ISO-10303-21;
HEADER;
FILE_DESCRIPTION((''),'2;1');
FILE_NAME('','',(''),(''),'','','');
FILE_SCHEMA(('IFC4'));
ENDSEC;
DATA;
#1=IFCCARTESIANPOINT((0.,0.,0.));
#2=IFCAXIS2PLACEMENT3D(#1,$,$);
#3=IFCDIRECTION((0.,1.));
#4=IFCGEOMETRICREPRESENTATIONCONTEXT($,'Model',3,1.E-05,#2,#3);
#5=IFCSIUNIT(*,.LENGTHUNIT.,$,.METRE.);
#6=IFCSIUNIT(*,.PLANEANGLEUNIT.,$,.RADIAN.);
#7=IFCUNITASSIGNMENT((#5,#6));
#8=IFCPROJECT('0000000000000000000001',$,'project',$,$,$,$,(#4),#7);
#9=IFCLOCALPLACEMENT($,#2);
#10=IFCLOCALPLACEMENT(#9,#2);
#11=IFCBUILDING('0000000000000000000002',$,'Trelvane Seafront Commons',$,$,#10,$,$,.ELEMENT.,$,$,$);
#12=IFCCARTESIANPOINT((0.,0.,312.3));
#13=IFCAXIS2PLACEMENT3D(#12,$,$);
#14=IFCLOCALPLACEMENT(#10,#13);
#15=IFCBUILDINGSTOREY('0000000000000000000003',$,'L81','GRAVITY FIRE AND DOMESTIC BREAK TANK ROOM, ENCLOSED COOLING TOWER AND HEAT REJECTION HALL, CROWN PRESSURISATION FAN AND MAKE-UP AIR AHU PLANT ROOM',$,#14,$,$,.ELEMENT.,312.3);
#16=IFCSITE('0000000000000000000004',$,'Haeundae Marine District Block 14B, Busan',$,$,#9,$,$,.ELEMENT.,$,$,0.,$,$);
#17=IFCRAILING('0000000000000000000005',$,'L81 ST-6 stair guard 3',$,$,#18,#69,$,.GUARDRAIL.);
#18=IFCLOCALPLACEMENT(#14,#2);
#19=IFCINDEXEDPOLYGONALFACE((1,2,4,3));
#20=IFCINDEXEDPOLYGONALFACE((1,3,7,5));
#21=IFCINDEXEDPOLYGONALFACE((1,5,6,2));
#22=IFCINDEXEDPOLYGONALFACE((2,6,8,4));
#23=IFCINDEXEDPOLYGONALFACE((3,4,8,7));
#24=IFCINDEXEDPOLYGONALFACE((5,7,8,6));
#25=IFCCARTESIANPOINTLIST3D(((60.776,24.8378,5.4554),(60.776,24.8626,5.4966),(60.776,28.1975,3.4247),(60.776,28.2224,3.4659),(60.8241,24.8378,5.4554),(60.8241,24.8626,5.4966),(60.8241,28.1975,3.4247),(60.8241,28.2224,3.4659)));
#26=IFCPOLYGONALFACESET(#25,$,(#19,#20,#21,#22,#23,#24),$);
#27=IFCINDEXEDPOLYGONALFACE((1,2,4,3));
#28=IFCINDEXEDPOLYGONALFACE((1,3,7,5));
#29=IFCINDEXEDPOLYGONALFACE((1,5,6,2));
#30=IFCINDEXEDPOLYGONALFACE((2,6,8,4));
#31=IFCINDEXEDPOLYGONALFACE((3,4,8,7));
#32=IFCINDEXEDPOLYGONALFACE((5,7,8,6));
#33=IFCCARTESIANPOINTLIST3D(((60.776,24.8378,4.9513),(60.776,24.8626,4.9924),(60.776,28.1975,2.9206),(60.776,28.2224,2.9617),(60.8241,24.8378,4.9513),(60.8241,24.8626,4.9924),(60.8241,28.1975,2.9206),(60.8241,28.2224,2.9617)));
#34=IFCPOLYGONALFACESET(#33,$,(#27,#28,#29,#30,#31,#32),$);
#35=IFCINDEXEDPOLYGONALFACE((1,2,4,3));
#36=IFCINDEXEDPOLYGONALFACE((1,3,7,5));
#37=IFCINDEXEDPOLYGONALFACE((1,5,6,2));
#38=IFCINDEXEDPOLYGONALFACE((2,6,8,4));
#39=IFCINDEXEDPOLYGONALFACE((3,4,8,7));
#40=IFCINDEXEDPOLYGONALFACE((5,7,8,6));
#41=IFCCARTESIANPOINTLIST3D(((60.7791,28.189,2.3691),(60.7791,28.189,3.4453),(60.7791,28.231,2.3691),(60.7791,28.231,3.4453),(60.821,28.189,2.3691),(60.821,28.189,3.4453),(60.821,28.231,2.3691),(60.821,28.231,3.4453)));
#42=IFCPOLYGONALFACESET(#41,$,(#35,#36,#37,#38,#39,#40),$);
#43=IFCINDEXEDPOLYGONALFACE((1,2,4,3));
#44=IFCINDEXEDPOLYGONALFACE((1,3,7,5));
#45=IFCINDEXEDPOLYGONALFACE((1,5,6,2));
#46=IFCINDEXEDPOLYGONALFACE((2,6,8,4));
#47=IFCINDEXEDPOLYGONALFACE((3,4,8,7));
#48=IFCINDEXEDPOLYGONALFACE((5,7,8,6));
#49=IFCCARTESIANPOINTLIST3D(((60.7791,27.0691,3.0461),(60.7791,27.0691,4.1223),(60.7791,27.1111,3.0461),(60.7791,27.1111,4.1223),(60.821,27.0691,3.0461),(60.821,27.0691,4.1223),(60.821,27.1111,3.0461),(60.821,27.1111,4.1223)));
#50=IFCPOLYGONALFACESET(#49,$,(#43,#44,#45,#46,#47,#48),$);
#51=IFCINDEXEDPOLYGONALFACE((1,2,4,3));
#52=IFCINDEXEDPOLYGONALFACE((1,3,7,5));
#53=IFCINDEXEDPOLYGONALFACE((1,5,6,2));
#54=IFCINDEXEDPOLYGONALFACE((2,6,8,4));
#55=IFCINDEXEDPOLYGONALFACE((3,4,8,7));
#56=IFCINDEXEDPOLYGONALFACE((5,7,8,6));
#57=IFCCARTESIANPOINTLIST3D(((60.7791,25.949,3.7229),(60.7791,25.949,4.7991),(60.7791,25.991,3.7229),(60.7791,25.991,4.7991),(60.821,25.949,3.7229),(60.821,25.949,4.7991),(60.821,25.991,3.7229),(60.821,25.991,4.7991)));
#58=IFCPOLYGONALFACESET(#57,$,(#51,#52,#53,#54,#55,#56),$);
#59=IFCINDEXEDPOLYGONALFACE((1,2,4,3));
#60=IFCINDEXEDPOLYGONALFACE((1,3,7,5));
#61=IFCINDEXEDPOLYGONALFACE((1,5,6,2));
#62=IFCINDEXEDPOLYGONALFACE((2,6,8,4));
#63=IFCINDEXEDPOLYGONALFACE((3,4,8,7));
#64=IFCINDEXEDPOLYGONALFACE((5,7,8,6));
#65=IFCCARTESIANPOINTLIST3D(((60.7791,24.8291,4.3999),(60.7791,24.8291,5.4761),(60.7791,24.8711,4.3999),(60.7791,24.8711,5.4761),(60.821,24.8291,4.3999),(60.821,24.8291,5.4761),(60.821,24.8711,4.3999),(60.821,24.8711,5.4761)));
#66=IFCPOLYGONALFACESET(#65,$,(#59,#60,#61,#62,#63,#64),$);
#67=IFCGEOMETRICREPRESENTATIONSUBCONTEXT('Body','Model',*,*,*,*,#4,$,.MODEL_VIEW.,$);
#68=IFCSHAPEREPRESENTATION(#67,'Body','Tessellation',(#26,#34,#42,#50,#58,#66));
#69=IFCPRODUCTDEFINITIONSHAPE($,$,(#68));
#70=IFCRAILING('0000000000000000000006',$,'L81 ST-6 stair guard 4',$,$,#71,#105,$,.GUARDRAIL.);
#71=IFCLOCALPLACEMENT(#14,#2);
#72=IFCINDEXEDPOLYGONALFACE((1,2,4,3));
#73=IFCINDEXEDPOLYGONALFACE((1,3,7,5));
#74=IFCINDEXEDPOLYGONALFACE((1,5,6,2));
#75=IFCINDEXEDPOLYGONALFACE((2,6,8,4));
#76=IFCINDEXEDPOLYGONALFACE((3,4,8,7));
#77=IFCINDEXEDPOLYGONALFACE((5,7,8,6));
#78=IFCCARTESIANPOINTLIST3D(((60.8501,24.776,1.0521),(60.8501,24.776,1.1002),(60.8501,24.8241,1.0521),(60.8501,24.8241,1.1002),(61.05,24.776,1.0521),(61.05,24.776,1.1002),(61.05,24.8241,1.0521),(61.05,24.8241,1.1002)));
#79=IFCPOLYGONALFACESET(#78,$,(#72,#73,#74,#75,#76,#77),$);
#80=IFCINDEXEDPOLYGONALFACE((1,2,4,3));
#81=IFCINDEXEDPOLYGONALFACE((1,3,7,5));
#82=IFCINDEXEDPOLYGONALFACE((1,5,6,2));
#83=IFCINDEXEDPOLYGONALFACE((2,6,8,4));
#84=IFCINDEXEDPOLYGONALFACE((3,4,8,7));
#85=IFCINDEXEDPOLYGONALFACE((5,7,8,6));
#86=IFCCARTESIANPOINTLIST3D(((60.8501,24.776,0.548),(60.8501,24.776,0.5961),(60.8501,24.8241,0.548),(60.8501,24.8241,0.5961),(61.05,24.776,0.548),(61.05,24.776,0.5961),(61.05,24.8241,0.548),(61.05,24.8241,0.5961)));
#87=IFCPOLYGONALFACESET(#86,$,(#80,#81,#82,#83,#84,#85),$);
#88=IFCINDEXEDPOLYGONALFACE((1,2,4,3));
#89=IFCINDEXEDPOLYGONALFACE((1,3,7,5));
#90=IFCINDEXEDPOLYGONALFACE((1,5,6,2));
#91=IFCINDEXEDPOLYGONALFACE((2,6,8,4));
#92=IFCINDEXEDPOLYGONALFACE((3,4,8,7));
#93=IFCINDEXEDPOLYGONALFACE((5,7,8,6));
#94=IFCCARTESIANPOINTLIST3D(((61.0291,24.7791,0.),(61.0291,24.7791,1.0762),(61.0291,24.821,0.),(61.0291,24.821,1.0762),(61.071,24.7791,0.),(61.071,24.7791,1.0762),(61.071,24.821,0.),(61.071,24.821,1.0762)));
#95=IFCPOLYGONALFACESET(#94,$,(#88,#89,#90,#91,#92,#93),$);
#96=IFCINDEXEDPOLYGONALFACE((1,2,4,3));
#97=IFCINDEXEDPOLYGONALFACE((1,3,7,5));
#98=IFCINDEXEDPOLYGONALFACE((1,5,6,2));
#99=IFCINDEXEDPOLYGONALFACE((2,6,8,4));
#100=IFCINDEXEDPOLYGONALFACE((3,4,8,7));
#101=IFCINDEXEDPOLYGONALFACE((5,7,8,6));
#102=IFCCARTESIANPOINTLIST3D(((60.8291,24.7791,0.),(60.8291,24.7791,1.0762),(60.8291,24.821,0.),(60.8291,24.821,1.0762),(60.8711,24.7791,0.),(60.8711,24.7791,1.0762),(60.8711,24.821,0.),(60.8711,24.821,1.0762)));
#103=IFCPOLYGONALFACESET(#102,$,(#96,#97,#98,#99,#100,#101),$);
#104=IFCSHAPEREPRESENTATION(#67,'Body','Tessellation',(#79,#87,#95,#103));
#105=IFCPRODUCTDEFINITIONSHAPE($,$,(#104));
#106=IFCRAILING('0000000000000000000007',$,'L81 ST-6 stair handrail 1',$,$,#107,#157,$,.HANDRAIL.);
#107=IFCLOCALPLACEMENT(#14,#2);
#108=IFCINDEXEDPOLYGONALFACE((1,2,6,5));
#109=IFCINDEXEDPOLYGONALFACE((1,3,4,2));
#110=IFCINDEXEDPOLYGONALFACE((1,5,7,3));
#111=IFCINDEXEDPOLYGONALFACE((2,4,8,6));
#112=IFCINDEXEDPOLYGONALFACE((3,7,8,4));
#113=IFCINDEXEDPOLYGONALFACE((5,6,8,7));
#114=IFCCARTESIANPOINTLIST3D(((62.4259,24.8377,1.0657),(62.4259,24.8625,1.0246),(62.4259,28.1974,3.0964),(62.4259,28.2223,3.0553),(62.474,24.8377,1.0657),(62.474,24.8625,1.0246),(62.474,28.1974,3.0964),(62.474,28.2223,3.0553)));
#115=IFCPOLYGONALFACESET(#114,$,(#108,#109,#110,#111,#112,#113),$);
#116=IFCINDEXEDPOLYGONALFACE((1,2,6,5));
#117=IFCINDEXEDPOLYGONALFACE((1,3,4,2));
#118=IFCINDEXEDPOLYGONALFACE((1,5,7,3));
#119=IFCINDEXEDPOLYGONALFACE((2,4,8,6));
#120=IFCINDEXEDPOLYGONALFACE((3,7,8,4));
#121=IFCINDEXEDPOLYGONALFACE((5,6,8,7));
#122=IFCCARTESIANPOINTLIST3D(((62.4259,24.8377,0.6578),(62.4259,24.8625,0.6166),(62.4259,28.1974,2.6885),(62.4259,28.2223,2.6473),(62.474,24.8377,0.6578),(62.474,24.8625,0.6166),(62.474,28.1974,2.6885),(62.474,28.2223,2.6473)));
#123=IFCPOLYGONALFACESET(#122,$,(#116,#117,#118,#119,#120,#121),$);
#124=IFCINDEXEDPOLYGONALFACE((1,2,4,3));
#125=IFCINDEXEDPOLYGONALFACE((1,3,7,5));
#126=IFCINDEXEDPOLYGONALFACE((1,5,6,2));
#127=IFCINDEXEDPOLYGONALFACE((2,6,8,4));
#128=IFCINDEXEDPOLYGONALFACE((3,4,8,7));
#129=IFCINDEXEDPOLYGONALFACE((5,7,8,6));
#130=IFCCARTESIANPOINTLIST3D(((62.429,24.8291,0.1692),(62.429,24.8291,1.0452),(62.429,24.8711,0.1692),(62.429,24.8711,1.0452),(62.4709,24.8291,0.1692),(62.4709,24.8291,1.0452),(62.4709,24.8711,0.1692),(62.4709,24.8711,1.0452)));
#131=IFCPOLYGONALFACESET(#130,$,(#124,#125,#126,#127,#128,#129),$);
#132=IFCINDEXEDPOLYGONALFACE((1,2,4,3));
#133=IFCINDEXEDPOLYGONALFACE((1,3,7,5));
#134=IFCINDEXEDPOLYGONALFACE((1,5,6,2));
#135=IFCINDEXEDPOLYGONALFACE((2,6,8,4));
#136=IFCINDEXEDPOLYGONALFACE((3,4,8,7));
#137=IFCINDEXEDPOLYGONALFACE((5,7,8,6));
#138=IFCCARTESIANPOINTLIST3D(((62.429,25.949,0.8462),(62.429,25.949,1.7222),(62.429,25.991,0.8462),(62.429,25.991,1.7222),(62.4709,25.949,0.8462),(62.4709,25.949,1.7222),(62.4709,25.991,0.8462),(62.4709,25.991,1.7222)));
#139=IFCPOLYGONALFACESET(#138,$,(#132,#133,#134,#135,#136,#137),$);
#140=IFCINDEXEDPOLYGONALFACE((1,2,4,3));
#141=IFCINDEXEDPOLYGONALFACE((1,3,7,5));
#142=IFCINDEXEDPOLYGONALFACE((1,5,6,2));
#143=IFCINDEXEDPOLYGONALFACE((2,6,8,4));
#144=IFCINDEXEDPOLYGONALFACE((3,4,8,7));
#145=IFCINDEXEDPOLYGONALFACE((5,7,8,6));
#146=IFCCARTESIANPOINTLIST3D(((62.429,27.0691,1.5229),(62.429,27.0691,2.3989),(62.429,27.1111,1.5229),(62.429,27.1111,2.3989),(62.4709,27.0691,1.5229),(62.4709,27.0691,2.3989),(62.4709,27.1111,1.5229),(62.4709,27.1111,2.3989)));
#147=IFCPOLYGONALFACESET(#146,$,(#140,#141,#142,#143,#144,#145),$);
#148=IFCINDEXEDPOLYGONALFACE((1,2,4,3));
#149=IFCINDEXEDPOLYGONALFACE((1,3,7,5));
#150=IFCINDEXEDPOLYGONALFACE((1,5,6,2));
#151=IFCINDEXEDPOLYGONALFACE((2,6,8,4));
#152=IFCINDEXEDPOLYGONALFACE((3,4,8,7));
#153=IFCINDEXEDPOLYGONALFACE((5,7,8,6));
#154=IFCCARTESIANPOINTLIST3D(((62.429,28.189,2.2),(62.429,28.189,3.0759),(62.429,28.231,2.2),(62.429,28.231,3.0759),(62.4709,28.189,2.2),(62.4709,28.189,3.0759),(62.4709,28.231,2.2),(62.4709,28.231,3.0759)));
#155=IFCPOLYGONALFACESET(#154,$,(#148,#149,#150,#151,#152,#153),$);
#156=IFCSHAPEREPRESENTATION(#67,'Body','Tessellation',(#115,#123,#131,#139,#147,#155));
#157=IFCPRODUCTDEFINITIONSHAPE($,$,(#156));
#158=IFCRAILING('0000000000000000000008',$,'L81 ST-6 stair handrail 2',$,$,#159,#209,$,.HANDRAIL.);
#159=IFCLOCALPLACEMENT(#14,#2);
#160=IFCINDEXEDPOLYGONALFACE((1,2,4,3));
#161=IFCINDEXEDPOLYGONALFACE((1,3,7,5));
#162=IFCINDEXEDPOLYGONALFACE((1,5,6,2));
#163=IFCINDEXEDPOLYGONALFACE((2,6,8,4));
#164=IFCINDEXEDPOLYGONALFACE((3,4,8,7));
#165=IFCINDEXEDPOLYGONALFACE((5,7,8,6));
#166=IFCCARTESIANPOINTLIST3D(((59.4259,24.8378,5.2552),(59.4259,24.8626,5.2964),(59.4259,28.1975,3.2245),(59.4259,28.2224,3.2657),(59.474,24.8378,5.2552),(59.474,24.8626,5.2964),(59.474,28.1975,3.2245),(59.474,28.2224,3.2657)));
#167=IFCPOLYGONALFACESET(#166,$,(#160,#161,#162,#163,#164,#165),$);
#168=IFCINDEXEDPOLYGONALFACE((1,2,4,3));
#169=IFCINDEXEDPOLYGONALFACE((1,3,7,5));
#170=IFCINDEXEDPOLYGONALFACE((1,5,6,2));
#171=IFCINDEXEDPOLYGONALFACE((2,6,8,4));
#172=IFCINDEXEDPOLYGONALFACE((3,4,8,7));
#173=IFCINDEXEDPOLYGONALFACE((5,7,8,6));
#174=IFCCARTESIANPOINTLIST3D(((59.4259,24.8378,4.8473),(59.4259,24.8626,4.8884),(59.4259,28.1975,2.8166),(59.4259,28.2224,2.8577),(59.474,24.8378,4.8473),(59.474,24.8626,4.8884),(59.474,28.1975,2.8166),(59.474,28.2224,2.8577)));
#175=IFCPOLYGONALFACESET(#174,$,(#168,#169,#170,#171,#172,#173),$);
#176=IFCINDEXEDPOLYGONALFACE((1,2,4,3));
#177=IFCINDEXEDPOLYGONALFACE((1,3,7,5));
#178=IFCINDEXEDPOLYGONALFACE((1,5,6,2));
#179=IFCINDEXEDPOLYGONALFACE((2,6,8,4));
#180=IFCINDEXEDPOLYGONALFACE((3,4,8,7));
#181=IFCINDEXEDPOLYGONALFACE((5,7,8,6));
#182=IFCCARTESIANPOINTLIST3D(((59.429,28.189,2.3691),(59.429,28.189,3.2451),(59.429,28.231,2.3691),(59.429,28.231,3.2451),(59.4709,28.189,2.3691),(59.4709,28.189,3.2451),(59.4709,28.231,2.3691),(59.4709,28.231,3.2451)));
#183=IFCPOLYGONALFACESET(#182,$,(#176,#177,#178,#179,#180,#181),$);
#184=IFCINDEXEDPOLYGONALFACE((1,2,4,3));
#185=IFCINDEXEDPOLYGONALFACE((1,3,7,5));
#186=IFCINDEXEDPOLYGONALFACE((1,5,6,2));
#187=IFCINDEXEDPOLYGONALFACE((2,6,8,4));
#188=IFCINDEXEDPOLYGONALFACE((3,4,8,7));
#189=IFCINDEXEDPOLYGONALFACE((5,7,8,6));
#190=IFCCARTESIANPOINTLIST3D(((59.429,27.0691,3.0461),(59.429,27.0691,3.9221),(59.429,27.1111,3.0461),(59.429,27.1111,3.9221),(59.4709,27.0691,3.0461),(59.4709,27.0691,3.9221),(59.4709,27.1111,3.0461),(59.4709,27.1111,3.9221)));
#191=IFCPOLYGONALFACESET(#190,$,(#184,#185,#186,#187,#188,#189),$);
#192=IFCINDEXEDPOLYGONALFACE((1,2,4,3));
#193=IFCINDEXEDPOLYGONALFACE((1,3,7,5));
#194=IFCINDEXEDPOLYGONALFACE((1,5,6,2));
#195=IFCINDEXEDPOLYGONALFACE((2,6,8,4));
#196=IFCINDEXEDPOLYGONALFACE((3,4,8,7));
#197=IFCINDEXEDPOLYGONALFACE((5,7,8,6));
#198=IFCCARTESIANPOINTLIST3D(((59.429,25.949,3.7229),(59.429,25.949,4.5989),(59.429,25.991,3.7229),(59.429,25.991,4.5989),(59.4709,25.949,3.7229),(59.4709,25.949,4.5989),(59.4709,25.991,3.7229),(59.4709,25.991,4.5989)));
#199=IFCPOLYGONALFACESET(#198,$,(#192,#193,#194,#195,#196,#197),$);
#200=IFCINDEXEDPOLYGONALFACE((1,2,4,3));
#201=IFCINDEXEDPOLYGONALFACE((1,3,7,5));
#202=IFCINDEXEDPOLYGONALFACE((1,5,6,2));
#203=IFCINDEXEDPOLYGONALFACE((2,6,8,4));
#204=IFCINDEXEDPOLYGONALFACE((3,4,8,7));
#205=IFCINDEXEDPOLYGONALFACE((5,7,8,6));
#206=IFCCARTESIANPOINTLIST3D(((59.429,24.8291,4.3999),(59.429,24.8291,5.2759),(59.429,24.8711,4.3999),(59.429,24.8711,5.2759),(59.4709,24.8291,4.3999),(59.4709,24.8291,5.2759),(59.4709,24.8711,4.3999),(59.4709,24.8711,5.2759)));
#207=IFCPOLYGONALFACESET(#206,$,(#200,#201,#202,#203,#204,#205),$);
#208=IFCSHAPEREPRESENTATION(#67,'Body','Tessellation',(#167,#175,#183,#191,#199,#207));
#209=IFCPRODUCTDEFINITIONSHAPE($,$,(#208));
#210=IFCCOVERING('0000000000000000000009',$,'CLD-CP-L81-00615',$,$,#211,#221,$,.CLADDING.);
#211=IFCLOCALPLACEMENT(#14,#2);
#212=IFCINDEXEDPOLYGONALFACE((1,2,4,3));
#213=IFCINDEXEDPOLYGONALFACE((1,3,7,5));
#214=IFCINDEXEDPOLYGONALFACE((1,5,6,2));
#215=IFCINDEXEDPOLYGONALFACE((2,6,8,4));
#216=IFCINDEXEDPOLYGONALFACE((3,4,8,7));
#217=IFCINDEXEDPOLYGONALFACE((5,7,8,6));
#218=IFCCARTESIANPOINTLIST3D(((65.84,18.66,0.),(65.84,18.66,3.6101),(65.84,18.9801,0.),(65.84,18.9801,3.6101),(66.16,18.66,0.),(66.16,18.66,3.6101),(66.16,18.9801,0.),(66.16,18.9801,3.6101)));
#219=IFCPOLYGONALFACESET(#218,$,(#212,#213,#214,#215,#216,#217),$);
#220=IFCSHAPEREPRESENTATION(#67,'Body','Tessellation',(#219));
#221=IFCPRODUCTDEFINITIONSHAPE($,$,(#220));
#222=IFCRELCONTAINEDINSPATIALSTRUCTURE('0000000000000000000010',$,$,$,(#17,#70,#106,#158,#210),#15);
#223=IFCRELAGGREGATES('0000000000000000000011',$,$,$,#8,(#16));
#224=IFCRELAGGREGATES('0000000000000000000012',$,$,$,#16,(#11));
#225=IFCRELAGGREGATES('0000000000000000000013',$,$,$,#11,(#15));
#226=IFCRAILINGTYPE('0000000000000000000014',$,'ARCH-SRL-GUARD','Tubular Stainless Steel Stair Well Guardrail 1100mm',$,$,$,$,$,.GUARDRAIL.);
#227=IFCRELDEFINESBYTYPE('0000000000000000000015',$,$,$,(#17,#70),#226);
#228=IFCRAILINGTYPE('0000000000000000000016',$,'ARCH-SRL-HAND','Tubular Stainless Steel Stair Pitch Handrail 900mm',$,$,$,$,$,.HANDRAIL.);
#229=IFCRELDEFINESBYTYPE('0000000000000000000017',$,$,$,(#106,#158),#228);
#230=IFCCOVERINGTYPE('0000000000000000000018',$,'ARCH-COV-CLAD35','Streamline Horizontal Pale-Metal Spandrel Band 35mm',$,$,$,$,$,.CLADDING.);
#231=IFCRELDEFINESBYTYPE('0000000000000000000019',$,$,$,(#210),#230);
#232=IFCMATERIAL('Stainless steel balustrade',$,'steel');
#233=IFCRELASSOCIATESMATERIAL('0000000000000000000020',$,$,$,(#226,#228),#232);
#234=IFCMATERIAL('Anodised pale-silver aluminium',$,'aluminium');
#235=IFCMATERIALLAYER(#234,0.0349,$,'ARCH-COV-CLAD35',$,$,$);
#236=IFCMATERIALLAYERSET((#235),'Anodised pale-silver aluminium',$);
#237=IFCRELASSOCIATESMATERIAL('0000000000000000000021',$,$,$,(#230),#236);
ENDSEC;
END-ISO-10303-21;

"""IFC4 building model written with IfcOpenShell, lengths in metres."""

from ifc_helpers import new_model, si_unit, direction, frame, origin, origin_2d, place, context, subcontext, project, spatial, rectangle, extrude, source, transform, mapped, material, layer, layer_set, type_object, element, save


model = new_model("IFC4")

# Units and contexts
model_context = context("Model", 3, precision=1e-05, world=origin(), true_north=direction((0.0, 1.0)))
body_context = subcontext(model_context, "Body", "Model", "MODEL_VIEW")
ifc_project = project(units=[si_unit("LENGTHUNIT", "METRE"), si_unit("PLANEANGLEUNIT", "RADIAN")], contexts=[model_context])

# Site, building, storey
site_placement = place(None, origin())
site = spatial("IfcSite", under=ifc_project, at=site_placement, Name="Haeundae Marine District Block 14B, Busan", CompositionType="ELEMENT", RefElevation=0.0)
building_placement = place(site_placement, origin())
building = spatial("IfcBuilding", under=site, at=building_placement, Name="Trelvane Seafront Commons", CompositionType="ELEMENT")
storey_placement = place(building_placement, frame((0.0, 0.0, 312.3)))
storey = spatial("IfcBuildingStorey", under=building, at=storey_placement, Name="L81", Description="GRAVITY FIRE AND DOMESTIC BREAK TANK ROOM, ENCLOSED COOLING TOWER AND HEAT REJECTION HALL, CROWN PRESSURISATION FAN AND MAKE-UP AIR AHU PLANT ROOM", CompositionType="ELEMENT", Elevation=312.3)

# Shared definitions
ifc_material_1 = material(Name="Anodised pale-silver aluminium", Category="aluminium")

# Railings
ifc_material_2 = material(Name="Stainless steel balustrade", Category="steel")
railing_type_1 = type_object("IfcRailingType", Name="ARCH-SRL-GUARD", Description="Tubular Stainless Steel Stair Well Guardrail 1100mm", PredefinedType="GUARDRAIL", material=ifc_material_2)
railing_1_placement = place(storey_placement, frame((60.8, 28.21, 2.3691)))
element("IfcRailing", 1, at=railing_1_placement, inside=storey, type_object=railing_type_1, Name="L81 ST-6 stair guard 3", PredefinedType="GUARDRAIL", context=body_context, shape_type="SweptSolid", body=[
    extrude(rectangle(XDim=0.0481, YDim=0.0481, at=origin_2d()), frame((0.0, 0.0, 1.0762), z_axis=(0.0, -0.85582, 0.517273), x_axis=(1.0, 0.0, 0.0)), (0.0, 0.0, 1.0), 3.9258),
    extrude(rectangle(XDim=0.0481, YDim=0.0481, at=origin_2d()), frame((0.0, 0.0, 0.572), z_axis=(0.0, -0.85582, 0.517273), x_axis=(1.0, 0.0, 0.0)), (0.0, 0.0, 1.0), 3.9258),
    extrude(rectangle(XDim=0.042, YDim=0.042, at=origin_2d()), origin(), (0.0, 0.0, 1.0), 1.0762),
    extrude(rectangle(XDim=0.042, YDim=0.042, at=origin_2d()), frame((0.0, -1.1199, 0.677)), (0.0, 0.0, 1.0), 1.0762),
    extrude(rectangle(XDim=0.042, YDim=0.042, at=origin_2d()), frame((0.0, -2.24, 1.3538)), (0.0, 0.0, 1.0), 1.0762),
    extrude(rectangle(XDim=0.042, YDim=0.042, at=origin_2d()), frame((0.0, -3.3599, 2.0308)), (0.0, 0.0, 1.0), 1.0762),
])
railing_2_placement = place(storey_placement, frame((61.05, 24.8, 0.0)))
element("IfcRailing", 2, at=railing_2_placement, inside=storey, type_object=railing_type_1, Name="L81 ST-6 stair guard 4", PredefinedType="GUARDRAIL", context=body_context, shape_type="SweptSolid", body=[
    extrude(rectangle(XDim=0.0481, YDim=0.0481, at=origin_2d()), frame((0.0, 0.0, 1.0762), z_axis=(-1.0, 0.0, 0.0), x_axis=(0.0, -1.0, 0.0)), (0.0, 0.0, 1.0), 0.2),
    extrude(rectangle(XDim=0.0481, YDim=0.0481, at=origin_2d()), frame((0.0, 0.0, 0.572), z_axis=(-1.0, 0.0, 0.0), x_axis=(0.0, -1.0, 0.0)), (0.0, 0.0, 1.0), 0.2),
    extrude(rectangle(XDim=0.042, YDim=0.042, at=origin_2d()), origin(), (0.0, 0.0, 1.0), 1.0762),
    extrude(rectangle(XDim=0.042, YDim=0.042, at=origin_2d()), frame((-0.2, 0.0, 0.0)), (0.0, 0.0, 1.0), 1.0762),
])
railing_type_2 = type_object("IfcRailingType", Name="ARCH-SRL-HAND", Description="Tubular Stainless Steel Stair Pitch Handrail 900mm", PredefinedType="HANDRAIL", material=ifc_material_2)
railing_3_placement = place(storey_placement, frame((62.45, 24.8501, 0.1692)))
element("IfcRailing", 3, at=railing_3_placement, inside=storey, type_object=railing_type_2, Name="L81 ST-6 stair handrail 1", PredefinedType="HANDRAIL", context=body_context, shape_type="SweptSolid", body=[
    extrude(rectangle(XDim=0.0481, YDim=0.0481, at=origin_2d()), frame((0.0, 0.0, 0.876), z_axis=(0.0, 0.85582, 0.517273), x_axis=(-1.0, 0.0, 0.0)), (0.0, 0.0, 1.0), 3.9258),
    extrude(rectangle(XDim=0.0481, YDim=0.0481, at=origin_2d()), frame((0.0, 0.0, 0.468), z_axis=(0.0, 0.85582, 0.517273), x_axis=(-1.0, 0.0, 0.0)), (0.0, 0.0, 1.0), 3.9258),
    extrude(rectangle(XDim=0.042, YDim=0.042, at=origin_2d()), origin(), (0.0, 0.0, 1.0), 0.876),
    extrude(rectangle(XDim=0.042, YDim=0.042, at=origin_2d()), frame((0.0, 1.1199, 0.677)), (0.0, 0.0, 1.0), 0.876),
    extrude(rectangle(XDim=0.042, YDim=0.042, at=origin_2d()), frame((0.0, 2.24, 1.3538)), (0.0, 0.0, 1.0), 0.876),
    extrude(rectangle(XDim=0.042, YDim=0.042, at=origin_2d()), frame((0.0, 3.3599, 2.0308)), (0.0, 0.0, 1.0), 0.876),
])
railing_4_placement = place(storey_placement, frame((59.45, 28.21, 2.3691)))
element("IfcRailing", 4, at=railing_4_placement, inside=storey, type_object=railing_type_2, Name="L81 ST-6 stair handrail 2", PredefinedType="HANDRAIL", context=body_context, shape_type="SweptSolid", body=[
    extrude(rectangle(XDim=0.0481, YDim=0.0481, at=origin_2d()), frame((0.0, 0.0, 0.876), z_axis=(0.0, -0.85582, 0.517273), x_axis=(1.0, 0.0, 0.0)), (0.0, 0.0, 1.0), 3.9258),
    extrude(rectangle(XDim=0.0481, YDim=0.0481, at=origin_2d()), frame((0.0, 0.0, 0.468), z_axis=(0.0, -0.85582, 0.517273), x_axis=(1.0, 0.0, 0.0)), (0.0, 0.0, 1.0), 3.9258),
    extrude(rectangle(XDim=0.042, YDim=0.042, at=origin_2d()), origin(), (0.0, 0.0, 1.0), 0.876),
    extrude(rectangle(XDim=0.042, YDim=0.042, at=origin_2d()), frame((0.0, -1.1199, 0.677)), (0.0, 0.0, 1.0), 0.876),
    extrude(rectangle(XDim=0.042, YDim=0.042, at=origin_2d()), frame((0.0, -2.24, 1.3538)), (0.0, 0.0, 1.0), 0.876),
    extrude(rectangle(XDim=0.042, YDim=0.042, at=origin_2d()), frame((0.0, -3.3599, 2.0308)), (0.0, 0.0, 1.0), 0.876),
])

# Covering
ifc_layer_1 = layer(ifc_material_1, 0.0349, Name="ARCH-COV-CLAD35")
ifc_layer_set_1 = layer_set([ifc_layer_1], Name="Anodised pale-silver aluminium")
covering_type = type_object("IfcCoveringType", Name="ARCH-COV-CLAD35", Description="Streamline Horizontal Pale-Metal Spandrel Band 35mm", PredefinedType="CLADDING", material=ifc_layer_set_1)
shared_shape_1 = source(origin(), body_context, "Body", "SweptSolid", [
    extrude(rectangle(XDim=0.3201, YDim=0.3201, at=origin_2d()), origin(), (0.0, 0.0, 1.0), 3.6101),
])
covering_placement = place(storey_placement, frame((66.0, 18.8201, 0.0), z_axis=(0.0, 0.0, 1.0), x_axis=(1.0, 0.0, 0.0)))
element("IfcCovering", 5, at=covering_placement, inside=storey, type_object=covering_type, Name="CLD-CP-L81-00615", PredefinedType="CLADDING", context=body_context, shape_type="MappedRepresentation", body=[
    mapped(shared_shape_1, transform((0.0, 0.0, 0.0), x_axis=(1.0, 0.0, 0.0), y_axis=(0.0, 1.0, 0.0), z_axis=(0.0, 0.0, 1.0), scale=1.0)),
])

save(model, "model.ifc")
